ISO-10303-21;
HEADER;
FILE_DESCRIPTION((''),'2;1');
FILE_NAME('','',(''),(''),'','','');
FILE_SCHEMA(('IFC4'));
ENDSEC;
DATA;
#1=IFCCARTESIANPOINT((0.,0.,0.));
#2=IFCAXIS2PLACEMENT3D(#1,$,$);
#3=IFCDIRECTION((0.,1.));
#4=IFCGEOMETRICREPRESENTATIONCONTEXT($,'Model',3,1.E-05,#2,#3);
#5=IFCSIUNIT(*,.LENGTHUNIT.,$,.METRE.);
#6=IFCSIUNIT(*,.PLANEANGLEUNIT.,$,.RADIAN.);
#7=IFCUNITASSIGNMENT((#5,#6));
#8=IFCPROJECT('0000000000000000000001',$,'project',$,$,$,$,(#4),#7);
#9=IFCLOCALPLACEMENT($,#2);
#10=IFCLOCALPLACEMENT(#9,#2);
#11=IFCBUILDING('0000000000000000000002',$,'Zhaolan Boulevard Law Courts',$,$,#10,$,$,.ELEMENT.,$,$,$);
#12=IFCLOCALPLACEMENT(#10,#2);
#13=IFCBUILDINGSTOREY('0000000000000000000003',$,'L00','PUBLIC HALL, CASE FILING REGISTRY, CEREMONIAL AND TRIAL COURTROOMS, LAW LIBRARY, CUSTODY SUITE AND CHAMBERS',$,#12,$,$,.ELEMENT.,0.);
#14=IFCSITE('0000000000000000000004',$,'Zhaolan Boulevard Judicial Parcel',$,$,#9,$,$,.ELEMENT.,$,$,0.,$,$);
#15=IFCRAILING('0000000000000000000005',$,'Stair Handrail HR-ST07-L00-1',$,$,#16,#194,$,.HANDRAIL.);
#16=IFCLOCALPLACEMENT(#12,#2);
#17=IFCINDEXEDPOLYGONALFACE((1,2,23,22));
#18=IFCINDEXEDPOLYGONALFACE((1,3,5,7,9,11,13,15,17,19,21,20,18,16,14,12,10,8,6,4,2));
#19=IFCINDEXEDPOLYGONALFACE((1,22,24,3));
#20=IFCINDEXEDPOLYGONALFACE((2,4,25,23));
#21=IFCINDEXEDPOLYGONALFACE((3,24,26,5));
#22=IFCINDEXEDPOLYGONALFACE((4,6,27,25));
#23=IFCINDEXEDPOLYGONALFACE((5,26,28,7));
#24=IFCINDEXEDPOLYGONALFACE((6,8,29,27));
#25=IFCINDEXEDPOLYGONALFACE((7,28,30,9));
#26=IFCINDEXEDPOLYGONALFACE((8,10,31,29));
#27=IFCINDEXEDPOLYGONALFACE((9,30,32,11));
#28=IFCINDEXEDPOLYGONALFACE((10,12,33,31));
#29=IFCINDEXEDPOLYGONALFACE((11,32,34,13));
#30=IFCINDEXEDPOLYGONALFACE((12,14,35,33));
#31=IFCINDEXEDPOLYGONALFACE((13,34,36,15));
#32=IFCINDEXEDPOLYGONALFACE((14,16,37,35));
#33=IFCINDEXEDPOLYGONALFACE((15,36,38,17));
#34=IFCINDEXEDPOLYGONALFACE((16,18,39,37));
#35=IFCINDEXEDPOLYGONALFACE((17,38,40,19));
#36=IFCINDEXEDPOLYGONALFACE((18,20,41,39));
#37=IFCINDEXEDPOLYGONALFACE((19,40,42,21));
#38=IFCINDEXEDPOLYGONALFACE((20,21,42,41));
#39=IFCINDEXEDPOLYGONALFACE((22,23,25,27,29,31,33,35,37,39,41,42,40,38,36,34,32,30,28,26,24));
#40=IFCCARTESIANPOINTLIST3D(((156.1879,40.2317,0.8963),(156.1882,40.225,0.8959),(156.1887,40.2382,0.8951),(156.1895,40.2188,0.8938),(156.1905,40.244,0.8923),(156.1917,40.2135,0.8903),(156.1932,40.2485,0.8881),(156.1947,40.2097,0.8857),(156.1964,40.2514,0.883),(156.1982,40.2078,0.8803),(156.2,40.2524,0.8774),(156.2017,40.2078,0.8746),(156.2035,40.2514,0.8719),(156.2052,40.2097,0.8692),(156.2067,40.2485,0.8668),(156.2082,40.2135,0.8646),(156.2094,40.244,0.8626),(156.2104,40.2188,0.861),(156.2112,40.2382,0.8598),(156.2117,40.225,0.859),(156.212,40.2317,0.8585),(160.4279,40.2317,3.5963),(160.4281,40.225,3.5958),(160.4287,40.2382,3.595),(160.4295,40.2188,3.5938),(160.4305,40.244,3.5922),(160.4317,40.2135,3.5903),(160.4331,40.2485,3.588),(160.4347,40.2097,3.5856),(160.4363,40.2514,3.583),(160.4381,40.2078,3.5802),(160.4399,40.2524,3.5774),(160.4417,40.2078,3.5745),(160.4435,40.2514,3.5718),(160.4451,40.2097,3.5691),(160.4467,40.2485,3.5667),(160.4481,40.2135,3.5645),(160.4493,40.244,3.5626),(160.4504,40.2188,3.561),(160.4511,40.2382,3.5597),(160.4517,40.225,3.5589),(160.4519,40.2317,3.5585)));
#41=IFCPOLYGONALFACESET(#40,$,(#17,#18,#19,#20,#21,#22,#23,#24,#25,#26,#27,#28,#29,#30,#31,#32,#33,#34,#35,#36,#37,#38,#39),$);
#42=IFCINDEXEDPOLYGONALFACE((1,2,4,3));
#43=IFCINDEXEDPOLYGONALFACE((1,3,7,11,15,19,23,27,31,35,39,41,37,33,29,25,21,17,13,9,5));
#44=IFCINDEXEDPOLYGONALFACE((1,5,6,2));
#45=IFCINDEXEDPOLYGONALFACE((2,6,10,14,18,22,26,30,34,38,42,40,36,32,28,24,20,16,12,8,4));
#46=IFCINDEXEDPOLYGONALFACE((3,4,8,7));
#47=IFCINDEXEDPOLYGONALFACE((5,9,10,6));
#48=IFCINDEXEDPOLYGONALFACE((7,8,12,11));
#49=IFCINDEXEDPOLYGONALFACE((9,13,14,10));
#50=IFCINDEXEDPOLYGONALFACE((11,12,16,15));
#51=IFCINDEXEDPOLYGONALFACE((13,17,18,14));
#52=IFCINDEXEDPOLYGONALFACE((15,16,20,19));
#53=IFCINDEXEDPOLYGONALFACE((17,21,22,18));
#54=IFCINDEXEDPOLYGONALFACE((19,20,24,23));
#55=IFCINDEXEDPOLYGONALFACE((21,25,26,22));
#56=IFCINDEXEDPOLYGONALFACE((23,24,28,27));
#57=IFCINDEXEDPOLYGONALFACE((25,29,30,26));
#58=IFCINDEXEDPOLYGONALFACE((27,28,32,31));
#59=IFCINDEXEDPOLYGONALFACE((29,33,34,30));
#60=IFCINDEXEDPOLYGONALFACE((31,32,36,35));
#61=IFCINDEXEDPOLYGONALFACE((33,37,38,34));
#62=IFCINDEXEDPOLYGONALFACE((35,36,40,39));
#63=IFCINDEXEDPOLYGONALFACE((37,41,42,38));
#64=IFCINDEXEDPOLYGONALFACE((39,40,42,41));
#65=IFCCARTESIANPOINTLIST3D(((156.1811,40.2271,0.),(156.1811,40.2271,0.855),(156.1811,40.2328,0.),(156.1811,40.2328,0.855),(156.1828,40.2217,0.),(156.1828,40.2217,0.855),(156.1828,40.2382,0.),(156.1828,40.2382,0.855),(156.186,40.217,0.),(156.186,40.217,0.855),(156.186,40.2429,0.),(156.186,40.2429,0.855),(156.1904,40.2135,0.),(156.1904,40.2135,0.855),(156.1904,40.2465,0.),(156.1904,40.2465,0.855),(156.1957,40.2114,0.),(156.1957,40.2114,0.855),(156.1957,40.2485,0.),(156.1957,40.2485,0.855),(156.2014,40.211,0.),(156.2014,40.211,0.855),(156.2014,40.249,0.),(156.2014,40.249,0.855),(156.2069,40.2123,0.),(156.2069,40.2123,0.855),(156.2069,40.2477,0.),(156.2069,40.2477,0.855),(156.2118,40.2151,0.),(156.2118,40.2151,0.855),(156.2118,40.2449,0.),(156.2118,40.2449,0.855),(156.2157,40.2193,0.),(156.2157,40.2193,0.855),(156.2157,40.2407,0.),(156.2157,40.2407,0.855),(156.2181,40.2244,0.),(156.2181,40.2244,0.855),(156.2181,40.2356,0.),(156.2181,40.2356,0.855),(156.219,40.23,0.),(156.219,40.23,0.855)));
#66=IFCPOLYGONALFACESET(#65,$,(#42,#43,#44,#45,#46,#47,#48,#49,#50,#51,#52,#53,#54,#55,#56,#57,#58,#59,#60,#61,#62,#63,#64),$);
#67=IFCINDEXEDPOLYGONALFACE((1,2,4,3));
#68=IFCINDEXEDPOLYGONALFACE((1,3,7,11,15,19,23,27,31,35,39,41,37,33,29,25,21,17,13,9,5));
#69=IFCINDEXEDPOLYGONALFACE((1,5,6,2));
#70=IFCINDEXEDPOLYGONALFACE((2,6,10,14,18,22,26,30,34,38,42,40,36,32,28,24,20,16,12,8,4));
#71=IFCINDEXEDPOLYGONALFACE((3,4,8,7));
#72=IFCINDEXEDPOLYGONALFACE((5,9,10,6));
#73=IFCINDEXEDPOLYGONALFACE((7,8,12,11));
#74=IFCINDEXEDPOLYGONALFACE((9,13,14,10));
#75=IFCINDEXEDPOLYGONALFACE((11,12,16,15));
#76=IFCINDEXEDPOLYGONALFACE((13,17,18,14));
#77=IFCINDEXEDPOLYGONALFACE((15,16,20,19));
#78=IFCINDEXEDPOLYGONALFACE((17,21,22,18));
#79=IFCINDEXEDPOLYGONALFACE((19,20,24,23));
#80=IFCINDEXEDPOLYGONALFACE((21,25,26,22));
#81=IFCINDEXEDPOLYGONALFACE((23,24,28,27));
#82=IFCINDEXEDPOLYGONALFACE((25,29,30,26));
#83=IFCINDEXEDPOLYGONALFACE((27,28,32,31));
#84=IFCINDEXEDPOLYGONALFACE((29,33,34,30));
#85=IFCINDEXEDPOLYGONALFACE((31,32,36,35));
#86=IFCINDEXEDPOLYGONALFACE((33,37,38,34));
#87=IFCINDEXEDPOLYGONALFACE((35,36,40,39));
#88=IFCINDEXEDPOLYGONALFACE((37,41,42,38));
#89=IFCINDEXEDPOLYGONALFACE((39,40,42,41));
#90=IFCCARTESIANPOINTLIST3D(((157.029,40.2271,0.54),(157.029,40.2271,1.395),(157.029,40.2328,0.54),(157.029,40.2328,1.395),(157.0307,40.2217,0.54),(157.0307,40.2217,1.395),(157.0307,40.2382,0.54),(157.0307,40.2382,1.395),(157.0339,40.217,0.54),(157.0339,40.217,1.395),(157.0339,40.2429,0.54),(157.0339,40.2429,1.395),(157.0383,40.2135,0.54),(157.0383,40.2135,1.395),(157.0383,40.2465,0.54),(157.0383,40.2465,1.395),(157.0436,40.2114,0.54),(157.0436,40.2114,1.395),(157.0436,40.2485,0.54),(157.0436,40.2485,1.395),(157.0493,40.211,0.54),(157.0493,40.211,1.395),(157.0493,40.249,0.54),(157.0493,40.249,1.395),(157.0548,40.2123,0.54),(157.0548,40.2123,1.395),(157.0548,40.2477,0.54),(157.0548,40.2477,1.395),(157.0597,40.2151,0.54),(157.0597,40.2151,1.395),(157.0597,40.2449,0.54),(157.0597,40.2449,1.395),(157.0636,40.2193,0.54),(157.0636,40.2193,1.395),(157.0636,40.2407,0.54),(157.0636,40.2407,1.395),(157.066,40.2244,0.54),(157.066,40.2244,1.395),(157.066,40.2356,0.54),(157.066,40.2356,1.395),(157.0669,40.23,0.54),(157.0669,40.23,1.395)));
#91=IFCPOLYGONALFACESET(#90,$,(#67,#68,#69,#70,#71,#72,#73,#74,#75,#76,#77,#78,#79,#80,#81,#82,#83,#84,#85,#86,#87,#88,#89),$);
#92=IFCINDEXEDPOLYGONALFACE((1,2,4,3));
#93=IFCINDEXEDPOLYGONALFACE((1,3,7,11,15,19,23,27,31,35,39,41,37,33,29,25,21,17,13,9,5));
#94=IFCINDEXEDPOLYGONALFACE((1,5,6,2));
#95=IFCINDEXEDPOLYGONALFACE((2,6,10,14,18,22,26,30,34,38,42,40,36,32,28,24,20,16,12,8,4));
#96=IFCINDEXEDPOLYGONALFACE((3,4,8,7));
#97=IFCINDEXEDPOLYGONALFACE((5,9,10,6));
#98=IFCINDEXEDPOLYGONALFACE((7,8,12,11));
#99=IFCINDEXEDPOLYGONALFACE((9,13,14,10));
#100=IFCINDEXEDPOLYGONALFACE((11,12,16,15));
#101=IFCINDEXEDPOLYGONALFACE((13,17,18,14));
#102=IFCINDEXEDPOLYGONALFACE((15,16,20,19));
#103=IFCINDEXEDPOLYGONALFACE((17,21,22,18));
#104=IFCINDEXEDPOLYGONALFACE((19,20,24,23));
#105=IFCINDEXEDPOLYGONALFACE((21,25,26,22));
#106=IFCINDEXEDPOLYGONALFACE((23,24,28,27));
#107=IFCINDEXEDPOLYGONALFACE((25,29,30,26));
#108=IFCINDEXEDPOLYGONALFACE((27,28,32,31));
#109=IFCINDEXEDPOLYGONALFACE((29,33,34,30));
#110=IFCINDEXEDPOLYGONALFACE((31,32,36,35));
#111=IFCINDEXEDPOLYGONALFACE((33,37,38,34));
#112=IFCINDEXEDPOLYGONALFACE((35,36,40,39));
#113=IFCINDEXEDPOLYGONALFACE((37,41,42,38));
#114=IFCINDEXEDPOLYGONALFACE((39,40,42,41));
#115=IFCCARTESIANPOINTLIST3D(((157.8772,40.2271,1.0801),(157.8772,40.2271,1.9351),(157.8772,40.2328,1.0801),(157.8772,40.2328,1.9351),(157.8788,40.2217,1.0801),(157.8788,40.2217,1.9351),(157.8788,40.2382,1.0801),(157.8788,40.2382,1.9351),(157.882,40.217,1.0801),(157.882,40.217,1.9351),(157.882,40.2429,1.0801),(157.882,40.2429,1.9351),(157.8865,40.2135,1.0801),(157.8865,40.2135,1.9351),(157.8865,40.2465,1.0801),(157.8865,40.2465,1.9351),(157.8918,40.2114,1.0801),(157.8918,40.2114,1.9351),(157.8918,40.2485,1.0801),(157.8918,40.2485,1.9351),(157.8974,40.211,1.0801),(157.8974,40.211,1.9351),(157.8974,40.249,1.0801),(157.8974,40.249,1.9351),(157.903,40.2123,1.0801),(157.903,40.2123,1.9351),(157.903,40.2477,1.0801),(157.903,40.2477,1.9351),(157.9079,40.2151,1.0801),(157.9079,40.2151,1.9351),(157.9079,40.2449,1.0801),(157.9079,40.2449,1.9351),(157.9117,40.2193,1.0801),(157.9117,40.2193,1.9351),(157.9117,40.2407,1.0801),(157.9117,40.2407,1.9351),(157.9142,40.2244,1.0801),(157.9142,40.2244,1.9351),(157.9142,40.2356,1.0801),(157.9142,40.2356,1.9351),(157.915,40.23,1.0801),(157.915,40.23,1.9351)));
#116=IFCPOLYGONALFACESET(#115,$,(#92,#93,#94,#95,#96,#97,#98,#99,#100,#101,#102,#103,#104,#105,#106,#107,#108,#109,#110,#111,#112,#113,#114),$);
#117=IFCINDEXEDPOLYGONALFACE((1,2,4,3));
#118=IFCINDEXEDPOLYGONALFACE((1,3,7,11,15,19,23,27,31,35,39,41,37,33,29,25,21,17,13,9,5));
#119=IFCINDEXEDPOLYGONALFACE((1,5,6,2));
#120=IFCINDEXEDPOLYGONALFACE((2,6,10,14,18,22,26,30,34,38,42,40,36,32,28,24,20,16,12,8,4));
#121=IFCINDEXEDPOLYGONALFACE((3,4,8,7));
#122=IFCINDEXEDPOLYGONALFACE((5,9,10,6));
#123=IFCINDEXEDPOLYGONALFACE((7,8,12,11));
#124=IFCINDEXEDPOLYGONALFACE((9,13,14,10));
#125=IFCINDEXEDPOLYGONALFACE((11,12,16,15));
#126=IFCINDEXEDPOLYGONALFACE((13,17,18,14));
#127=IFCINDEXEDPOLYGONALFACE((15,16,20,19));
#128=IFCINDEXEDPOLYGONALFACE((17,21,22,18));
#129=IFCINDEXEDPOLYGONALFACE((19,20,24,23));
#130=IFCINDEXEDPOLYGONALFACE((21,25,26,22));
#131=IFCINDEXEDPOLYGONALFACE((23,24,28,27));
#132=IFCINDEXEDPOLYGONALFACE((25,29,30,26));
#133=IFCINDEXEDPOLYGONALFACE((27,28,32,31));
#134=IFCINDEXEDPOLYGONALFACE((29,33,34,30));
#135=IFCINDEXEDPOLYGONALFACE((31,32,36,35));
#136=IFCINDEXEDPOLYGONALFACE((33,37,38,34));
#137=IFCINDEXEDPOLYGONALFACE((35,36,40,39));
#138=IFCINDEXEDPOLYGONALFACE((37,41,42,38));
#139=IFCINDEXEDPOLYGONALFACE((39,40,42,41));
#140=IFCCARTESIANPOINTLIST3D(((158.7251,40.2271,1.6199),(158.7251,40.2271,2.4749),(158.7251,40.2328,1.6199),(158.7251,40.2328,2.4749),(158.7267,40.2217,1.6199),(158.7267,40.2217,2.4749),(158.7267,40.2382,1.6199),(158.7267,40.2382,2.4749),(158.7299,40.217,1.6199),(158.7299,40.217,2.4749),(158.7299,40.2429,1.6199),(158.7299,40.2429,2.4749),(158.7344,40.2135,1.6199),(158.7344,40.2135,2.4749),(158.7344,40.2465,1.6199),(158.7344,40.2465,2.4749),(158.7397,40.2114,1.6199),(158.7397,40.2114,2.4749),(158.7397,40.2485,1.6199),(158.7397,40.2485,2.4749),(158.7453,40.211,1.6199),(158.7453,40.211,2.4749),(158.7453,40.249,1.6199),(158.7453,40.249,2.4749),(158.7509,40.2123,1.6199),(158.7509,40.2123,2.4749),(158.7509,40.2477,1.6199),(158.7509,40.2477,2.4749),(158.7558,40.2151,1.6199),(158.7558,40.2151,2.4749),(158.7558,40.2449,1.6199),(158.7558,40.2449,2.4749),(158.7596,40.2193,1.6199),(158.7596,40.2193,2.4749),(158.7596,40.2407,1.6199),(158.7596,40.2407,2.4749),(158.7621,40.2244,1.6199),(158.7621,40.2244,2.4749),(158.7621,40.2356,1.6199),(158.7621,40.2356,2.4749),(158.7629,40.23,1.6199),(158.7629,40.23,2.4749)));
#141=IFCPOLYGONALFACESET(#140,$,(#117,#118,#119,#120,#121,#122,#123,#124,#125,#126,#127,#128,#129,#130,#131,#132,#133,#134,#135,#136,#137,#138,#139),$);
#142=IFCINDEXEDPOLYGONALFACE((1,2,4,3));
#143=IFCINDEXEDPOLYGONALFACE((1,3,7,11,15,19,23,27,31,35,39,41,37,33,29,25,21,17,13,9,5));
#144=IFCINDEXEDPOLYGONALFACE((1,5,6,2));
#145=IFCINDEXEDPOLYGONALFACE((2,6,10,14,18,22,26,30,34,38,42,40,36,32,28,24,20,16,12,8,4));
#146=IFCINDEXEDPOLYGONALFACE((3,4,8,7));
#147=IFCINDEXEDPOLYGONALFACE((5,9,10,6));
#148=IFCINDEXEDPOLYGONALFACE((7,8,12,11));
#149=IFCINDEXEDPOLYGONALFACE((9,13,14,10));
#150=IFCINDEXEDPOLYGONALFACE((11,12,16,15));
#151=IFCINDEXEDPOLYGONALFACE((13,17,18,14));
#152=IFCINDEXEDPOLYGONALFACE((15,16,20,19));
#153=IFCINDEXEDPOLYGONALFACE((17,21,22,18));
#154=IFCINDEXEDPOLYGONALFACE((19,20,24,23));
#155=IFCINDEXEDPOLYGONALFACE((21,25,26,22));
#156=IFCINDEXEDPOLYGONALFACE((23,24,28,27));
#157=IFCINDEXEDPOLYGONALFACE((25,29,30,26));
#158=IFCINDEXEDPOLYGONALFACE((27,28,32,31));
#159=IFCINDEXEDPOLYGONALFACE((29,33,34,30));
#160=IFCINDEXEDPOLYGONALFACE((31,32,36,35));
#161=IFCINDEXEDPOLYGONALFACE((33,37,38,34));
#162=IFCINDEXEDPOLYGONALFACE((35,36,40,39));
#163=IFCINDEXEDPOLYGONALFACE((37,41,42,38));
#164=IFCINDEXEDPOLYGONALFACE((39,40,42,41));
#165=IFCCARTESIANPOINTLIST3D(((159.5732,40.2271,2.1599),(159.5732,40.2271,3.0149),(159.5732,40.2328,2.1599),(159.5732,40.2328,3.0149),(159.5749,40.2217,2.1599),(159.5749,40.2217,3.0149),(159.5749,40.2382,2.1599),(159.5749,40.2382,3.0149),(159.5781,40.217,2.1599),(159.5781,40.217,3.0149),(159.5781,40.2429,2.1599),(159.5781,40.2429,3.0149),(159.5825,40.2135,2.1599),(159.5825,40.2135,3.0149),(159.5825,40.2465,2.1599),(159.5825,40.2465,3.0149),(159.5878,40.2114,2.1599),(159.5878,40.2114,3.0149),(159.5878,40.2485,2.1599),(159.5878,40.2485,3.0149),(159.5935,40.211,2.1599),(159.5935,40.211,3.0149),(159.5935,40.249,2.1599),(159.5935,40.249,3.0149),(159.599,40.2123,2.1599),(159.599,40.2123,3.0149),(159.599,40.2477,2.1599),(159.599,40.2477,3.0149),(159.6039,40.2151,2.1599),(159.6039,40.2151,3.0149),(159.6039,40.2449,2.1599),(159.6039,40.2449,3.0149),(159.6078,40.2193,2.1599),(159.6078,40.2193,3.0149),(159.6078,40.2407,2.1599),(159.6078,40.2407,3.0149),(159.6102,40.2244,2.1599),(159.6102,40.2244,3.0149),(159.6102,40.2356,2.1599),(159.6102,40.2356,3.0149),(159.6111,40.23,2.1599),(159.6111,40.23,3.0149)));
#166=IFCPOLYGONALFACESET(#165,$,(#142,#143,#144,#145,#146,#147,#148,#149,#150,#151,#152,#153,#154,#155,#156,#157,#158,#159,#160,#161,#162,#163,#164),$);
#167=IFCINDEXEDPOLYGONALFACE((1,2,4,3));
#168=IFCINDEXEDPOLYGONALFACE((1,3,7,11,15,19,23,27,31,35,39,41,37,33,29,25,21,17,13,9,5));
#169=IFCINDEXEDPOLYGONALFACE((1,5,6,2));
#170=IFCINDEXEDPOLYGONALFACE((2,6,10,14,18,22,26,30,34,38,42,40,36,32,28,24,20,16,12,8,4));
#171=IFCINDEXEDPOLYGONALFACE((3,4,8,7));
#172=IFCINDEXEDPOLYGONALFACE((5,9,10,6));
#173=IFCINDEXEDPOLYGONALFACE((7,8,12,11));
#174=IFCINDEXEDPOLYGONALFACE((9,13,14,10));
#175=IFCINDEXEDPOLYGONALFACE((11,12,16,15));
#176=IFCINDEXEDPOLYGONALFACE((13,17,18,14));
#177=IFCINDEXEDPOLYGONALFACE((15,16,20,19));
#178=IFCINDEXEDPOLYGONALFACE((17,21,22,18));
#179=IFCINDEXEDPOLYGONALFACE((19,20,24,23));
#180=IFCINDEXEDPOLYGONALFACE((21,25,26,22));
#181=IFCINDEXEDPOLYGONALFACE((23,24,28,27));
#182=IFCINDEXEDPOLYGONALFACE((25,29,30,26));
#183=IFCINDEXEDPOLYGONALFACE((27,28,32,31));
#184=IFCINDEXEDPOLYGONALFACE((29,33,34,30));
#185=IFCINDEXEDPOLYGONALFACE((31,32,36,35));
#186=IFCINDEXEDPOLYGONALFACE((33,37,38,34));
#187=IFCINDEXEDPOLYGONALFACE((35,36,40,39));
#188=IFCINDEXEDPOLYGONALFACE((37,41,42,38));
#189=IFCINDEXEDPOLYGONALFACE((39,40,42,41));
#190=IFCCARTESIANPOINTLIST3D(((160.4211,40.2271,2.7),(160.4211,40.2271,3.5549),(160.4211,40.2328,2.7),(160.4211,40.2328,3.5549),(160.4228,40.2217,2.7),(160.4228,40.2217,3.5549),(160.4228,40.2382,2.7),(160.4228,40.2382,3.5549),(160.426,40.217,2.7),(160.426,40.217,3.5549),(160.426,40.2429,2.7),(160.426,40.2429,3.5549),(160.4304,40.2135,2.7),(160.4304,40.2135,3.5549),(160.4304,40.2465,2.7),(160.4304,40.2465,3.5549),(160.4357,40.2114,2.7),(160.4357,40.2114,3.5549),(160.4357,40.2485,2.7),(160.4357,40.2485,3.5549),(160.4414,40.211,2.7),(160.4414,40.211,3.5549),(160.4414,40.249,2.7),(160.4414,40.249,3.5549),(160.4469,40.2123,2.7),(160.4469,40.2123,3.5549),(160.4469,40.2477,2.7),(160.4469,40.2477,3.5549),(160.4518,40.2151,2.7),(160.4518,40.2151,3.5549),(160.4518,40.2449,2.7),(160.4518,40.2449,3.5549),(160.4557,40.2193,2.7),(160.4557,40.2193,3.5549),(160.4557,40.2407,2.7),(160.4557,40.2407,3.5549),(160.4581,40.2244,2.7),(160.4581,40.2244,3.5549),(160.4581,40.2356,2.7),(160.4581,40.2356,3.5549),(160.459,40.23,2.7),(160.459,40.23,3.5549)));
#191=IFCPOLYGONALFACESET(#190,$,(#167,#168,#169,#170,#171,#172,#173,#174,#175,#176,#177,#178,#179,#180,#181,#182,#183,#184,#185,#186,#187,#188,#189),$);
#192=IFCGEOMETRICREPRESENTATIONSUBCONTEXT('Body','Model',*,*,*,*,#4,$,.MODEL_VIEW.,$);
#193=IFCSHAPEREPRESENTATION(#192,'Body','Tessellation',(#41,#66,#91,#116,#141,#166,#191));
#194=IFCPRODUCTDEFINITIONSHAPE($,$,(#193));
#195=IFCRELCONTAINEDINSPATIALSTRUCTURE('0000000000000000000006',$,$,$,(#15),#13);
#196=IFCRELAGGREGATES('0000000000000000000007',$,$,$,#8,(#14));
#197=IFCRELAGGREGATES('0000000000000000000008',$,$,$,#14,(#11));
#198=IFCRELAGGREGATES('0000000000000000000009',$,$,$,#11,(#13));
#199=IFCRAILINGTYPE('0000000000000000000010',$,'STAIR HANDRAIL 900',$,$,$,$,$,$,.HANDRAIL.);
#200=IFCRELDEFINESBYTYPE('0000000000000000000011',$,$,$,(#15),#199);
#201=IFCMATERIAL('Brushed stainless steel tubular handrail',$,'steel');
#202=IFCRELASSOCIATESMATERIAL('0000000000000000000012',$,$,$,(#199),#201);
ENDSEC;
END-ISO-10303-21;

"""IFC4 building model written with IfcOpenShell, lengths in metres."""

from ifc_helpers import new_model, si_unit, direction, frame, origin, origin_2d, place, context, subcontext, project, spatial, circle, extrude, material, type_object, element, save


model = new_model("IFC4")

# Units and contexts
model_context = context("Model", 3, precision=1e-05, world=origin(), true_north=direction((0.0, 1.0)))
body_context = subcontext(model_context, "Body", "Model", "MODEL_VIEW")
ifc_project = project(units=[si_unit("LENGTHUNIT", "METRE"), si_unit("PLANEANGLEUNIT", "RADIAN")], contexts=[model_context])

# Site, building, storey
site_placement = place(None, origin())
site = spatial("IfcSite", under=ifc_project, at=site_placement, Name="Zhaolan Boulevard Judicial Parcel", CompositionType="ELEMENT", RefElevation=0.0)
building_placement = place(site_placement, origin())
building = spatial("IfcBuilding", under=site, at=building_placement, Name="Zhaolan Boulevard Law Courts", CompositionType="ELEMENT")
storey_placement = place(building_placement, origin())
storey = spatial("IfcBuildingStorey", under=building, at=storey_placement, Name="L00", Description="PUBLIC HALL, CASE FILING REGISTRY, CEREMONIAL AND TRIAL COURTROOMS, LAW LIBRARY, CUSTODY SUITE AND CHAMBERS", CompositionType="ELEMENT", Elevation=0.0)

# Railing
ifc_material_1 = material(Name="Brushed stainless steel tubular handrail", Category="steel")
railing_type_1 = type_object("IfcRailingType", Name="STAIR HANDRAIL 900", PredefinedType="HANDRAIL", material=ifc_material_1)
railing_1_placement = place(storey_placement, frame((156.2, 40.23, 0.0)))
element("IfcRailing", 1, at=railing_1_placement, inside=storey, type_object=railing_type_1, Name="Stair Handrail HR-ST07-L00-1", PredefinedType="HANDRAIL", context=body_context, shape_type="SweptSolid", body=[
    extrude(circle(Radius=0.0225, at=origin_2d()), frame((0.0, 0.0, 0.8774), z_axis=(0.843501, 0.0, 0.537127), x_axis=(0.0, 1.0, 0.0)), (0.0, 0.0, 1.0), 5.0266),
    extrude(circle(Radius=0.019, at=origin_2d()), origin(), (0.0, 0.0, 1.0), 0.855),
    extrude(circle(Radius=0.019, at=origin_2d()), frame((0.8479, 0.0, 0.54)), (0.0, 0.0, 1.0), 0.855),
    extrude(circle(Radius=0.019, at=origin_2d()), frame((1.696, 0.0, 1.0801)), (0.0, 0.0, 1.0), 0.855),
    extrude(circle(Radius=0.019, at=origin_2d()), frame((2.5439, 0.0, 1.6199)), (0.0, 0.0, 1.0), 0.855),
    extrude(circle(Radius=0.019, at=origin_2d()), frame((3.3921, 0.0, 2.1599)), (0.0, 0.0, 1.0), 0.855),
    extrude(circle(Radius=0.019, at=origin_2d()), frame((4.24, 0.0, 2.7)), (0.0, 0.0, 1.0), 0.855),
])

save(model, "model.ifc")
